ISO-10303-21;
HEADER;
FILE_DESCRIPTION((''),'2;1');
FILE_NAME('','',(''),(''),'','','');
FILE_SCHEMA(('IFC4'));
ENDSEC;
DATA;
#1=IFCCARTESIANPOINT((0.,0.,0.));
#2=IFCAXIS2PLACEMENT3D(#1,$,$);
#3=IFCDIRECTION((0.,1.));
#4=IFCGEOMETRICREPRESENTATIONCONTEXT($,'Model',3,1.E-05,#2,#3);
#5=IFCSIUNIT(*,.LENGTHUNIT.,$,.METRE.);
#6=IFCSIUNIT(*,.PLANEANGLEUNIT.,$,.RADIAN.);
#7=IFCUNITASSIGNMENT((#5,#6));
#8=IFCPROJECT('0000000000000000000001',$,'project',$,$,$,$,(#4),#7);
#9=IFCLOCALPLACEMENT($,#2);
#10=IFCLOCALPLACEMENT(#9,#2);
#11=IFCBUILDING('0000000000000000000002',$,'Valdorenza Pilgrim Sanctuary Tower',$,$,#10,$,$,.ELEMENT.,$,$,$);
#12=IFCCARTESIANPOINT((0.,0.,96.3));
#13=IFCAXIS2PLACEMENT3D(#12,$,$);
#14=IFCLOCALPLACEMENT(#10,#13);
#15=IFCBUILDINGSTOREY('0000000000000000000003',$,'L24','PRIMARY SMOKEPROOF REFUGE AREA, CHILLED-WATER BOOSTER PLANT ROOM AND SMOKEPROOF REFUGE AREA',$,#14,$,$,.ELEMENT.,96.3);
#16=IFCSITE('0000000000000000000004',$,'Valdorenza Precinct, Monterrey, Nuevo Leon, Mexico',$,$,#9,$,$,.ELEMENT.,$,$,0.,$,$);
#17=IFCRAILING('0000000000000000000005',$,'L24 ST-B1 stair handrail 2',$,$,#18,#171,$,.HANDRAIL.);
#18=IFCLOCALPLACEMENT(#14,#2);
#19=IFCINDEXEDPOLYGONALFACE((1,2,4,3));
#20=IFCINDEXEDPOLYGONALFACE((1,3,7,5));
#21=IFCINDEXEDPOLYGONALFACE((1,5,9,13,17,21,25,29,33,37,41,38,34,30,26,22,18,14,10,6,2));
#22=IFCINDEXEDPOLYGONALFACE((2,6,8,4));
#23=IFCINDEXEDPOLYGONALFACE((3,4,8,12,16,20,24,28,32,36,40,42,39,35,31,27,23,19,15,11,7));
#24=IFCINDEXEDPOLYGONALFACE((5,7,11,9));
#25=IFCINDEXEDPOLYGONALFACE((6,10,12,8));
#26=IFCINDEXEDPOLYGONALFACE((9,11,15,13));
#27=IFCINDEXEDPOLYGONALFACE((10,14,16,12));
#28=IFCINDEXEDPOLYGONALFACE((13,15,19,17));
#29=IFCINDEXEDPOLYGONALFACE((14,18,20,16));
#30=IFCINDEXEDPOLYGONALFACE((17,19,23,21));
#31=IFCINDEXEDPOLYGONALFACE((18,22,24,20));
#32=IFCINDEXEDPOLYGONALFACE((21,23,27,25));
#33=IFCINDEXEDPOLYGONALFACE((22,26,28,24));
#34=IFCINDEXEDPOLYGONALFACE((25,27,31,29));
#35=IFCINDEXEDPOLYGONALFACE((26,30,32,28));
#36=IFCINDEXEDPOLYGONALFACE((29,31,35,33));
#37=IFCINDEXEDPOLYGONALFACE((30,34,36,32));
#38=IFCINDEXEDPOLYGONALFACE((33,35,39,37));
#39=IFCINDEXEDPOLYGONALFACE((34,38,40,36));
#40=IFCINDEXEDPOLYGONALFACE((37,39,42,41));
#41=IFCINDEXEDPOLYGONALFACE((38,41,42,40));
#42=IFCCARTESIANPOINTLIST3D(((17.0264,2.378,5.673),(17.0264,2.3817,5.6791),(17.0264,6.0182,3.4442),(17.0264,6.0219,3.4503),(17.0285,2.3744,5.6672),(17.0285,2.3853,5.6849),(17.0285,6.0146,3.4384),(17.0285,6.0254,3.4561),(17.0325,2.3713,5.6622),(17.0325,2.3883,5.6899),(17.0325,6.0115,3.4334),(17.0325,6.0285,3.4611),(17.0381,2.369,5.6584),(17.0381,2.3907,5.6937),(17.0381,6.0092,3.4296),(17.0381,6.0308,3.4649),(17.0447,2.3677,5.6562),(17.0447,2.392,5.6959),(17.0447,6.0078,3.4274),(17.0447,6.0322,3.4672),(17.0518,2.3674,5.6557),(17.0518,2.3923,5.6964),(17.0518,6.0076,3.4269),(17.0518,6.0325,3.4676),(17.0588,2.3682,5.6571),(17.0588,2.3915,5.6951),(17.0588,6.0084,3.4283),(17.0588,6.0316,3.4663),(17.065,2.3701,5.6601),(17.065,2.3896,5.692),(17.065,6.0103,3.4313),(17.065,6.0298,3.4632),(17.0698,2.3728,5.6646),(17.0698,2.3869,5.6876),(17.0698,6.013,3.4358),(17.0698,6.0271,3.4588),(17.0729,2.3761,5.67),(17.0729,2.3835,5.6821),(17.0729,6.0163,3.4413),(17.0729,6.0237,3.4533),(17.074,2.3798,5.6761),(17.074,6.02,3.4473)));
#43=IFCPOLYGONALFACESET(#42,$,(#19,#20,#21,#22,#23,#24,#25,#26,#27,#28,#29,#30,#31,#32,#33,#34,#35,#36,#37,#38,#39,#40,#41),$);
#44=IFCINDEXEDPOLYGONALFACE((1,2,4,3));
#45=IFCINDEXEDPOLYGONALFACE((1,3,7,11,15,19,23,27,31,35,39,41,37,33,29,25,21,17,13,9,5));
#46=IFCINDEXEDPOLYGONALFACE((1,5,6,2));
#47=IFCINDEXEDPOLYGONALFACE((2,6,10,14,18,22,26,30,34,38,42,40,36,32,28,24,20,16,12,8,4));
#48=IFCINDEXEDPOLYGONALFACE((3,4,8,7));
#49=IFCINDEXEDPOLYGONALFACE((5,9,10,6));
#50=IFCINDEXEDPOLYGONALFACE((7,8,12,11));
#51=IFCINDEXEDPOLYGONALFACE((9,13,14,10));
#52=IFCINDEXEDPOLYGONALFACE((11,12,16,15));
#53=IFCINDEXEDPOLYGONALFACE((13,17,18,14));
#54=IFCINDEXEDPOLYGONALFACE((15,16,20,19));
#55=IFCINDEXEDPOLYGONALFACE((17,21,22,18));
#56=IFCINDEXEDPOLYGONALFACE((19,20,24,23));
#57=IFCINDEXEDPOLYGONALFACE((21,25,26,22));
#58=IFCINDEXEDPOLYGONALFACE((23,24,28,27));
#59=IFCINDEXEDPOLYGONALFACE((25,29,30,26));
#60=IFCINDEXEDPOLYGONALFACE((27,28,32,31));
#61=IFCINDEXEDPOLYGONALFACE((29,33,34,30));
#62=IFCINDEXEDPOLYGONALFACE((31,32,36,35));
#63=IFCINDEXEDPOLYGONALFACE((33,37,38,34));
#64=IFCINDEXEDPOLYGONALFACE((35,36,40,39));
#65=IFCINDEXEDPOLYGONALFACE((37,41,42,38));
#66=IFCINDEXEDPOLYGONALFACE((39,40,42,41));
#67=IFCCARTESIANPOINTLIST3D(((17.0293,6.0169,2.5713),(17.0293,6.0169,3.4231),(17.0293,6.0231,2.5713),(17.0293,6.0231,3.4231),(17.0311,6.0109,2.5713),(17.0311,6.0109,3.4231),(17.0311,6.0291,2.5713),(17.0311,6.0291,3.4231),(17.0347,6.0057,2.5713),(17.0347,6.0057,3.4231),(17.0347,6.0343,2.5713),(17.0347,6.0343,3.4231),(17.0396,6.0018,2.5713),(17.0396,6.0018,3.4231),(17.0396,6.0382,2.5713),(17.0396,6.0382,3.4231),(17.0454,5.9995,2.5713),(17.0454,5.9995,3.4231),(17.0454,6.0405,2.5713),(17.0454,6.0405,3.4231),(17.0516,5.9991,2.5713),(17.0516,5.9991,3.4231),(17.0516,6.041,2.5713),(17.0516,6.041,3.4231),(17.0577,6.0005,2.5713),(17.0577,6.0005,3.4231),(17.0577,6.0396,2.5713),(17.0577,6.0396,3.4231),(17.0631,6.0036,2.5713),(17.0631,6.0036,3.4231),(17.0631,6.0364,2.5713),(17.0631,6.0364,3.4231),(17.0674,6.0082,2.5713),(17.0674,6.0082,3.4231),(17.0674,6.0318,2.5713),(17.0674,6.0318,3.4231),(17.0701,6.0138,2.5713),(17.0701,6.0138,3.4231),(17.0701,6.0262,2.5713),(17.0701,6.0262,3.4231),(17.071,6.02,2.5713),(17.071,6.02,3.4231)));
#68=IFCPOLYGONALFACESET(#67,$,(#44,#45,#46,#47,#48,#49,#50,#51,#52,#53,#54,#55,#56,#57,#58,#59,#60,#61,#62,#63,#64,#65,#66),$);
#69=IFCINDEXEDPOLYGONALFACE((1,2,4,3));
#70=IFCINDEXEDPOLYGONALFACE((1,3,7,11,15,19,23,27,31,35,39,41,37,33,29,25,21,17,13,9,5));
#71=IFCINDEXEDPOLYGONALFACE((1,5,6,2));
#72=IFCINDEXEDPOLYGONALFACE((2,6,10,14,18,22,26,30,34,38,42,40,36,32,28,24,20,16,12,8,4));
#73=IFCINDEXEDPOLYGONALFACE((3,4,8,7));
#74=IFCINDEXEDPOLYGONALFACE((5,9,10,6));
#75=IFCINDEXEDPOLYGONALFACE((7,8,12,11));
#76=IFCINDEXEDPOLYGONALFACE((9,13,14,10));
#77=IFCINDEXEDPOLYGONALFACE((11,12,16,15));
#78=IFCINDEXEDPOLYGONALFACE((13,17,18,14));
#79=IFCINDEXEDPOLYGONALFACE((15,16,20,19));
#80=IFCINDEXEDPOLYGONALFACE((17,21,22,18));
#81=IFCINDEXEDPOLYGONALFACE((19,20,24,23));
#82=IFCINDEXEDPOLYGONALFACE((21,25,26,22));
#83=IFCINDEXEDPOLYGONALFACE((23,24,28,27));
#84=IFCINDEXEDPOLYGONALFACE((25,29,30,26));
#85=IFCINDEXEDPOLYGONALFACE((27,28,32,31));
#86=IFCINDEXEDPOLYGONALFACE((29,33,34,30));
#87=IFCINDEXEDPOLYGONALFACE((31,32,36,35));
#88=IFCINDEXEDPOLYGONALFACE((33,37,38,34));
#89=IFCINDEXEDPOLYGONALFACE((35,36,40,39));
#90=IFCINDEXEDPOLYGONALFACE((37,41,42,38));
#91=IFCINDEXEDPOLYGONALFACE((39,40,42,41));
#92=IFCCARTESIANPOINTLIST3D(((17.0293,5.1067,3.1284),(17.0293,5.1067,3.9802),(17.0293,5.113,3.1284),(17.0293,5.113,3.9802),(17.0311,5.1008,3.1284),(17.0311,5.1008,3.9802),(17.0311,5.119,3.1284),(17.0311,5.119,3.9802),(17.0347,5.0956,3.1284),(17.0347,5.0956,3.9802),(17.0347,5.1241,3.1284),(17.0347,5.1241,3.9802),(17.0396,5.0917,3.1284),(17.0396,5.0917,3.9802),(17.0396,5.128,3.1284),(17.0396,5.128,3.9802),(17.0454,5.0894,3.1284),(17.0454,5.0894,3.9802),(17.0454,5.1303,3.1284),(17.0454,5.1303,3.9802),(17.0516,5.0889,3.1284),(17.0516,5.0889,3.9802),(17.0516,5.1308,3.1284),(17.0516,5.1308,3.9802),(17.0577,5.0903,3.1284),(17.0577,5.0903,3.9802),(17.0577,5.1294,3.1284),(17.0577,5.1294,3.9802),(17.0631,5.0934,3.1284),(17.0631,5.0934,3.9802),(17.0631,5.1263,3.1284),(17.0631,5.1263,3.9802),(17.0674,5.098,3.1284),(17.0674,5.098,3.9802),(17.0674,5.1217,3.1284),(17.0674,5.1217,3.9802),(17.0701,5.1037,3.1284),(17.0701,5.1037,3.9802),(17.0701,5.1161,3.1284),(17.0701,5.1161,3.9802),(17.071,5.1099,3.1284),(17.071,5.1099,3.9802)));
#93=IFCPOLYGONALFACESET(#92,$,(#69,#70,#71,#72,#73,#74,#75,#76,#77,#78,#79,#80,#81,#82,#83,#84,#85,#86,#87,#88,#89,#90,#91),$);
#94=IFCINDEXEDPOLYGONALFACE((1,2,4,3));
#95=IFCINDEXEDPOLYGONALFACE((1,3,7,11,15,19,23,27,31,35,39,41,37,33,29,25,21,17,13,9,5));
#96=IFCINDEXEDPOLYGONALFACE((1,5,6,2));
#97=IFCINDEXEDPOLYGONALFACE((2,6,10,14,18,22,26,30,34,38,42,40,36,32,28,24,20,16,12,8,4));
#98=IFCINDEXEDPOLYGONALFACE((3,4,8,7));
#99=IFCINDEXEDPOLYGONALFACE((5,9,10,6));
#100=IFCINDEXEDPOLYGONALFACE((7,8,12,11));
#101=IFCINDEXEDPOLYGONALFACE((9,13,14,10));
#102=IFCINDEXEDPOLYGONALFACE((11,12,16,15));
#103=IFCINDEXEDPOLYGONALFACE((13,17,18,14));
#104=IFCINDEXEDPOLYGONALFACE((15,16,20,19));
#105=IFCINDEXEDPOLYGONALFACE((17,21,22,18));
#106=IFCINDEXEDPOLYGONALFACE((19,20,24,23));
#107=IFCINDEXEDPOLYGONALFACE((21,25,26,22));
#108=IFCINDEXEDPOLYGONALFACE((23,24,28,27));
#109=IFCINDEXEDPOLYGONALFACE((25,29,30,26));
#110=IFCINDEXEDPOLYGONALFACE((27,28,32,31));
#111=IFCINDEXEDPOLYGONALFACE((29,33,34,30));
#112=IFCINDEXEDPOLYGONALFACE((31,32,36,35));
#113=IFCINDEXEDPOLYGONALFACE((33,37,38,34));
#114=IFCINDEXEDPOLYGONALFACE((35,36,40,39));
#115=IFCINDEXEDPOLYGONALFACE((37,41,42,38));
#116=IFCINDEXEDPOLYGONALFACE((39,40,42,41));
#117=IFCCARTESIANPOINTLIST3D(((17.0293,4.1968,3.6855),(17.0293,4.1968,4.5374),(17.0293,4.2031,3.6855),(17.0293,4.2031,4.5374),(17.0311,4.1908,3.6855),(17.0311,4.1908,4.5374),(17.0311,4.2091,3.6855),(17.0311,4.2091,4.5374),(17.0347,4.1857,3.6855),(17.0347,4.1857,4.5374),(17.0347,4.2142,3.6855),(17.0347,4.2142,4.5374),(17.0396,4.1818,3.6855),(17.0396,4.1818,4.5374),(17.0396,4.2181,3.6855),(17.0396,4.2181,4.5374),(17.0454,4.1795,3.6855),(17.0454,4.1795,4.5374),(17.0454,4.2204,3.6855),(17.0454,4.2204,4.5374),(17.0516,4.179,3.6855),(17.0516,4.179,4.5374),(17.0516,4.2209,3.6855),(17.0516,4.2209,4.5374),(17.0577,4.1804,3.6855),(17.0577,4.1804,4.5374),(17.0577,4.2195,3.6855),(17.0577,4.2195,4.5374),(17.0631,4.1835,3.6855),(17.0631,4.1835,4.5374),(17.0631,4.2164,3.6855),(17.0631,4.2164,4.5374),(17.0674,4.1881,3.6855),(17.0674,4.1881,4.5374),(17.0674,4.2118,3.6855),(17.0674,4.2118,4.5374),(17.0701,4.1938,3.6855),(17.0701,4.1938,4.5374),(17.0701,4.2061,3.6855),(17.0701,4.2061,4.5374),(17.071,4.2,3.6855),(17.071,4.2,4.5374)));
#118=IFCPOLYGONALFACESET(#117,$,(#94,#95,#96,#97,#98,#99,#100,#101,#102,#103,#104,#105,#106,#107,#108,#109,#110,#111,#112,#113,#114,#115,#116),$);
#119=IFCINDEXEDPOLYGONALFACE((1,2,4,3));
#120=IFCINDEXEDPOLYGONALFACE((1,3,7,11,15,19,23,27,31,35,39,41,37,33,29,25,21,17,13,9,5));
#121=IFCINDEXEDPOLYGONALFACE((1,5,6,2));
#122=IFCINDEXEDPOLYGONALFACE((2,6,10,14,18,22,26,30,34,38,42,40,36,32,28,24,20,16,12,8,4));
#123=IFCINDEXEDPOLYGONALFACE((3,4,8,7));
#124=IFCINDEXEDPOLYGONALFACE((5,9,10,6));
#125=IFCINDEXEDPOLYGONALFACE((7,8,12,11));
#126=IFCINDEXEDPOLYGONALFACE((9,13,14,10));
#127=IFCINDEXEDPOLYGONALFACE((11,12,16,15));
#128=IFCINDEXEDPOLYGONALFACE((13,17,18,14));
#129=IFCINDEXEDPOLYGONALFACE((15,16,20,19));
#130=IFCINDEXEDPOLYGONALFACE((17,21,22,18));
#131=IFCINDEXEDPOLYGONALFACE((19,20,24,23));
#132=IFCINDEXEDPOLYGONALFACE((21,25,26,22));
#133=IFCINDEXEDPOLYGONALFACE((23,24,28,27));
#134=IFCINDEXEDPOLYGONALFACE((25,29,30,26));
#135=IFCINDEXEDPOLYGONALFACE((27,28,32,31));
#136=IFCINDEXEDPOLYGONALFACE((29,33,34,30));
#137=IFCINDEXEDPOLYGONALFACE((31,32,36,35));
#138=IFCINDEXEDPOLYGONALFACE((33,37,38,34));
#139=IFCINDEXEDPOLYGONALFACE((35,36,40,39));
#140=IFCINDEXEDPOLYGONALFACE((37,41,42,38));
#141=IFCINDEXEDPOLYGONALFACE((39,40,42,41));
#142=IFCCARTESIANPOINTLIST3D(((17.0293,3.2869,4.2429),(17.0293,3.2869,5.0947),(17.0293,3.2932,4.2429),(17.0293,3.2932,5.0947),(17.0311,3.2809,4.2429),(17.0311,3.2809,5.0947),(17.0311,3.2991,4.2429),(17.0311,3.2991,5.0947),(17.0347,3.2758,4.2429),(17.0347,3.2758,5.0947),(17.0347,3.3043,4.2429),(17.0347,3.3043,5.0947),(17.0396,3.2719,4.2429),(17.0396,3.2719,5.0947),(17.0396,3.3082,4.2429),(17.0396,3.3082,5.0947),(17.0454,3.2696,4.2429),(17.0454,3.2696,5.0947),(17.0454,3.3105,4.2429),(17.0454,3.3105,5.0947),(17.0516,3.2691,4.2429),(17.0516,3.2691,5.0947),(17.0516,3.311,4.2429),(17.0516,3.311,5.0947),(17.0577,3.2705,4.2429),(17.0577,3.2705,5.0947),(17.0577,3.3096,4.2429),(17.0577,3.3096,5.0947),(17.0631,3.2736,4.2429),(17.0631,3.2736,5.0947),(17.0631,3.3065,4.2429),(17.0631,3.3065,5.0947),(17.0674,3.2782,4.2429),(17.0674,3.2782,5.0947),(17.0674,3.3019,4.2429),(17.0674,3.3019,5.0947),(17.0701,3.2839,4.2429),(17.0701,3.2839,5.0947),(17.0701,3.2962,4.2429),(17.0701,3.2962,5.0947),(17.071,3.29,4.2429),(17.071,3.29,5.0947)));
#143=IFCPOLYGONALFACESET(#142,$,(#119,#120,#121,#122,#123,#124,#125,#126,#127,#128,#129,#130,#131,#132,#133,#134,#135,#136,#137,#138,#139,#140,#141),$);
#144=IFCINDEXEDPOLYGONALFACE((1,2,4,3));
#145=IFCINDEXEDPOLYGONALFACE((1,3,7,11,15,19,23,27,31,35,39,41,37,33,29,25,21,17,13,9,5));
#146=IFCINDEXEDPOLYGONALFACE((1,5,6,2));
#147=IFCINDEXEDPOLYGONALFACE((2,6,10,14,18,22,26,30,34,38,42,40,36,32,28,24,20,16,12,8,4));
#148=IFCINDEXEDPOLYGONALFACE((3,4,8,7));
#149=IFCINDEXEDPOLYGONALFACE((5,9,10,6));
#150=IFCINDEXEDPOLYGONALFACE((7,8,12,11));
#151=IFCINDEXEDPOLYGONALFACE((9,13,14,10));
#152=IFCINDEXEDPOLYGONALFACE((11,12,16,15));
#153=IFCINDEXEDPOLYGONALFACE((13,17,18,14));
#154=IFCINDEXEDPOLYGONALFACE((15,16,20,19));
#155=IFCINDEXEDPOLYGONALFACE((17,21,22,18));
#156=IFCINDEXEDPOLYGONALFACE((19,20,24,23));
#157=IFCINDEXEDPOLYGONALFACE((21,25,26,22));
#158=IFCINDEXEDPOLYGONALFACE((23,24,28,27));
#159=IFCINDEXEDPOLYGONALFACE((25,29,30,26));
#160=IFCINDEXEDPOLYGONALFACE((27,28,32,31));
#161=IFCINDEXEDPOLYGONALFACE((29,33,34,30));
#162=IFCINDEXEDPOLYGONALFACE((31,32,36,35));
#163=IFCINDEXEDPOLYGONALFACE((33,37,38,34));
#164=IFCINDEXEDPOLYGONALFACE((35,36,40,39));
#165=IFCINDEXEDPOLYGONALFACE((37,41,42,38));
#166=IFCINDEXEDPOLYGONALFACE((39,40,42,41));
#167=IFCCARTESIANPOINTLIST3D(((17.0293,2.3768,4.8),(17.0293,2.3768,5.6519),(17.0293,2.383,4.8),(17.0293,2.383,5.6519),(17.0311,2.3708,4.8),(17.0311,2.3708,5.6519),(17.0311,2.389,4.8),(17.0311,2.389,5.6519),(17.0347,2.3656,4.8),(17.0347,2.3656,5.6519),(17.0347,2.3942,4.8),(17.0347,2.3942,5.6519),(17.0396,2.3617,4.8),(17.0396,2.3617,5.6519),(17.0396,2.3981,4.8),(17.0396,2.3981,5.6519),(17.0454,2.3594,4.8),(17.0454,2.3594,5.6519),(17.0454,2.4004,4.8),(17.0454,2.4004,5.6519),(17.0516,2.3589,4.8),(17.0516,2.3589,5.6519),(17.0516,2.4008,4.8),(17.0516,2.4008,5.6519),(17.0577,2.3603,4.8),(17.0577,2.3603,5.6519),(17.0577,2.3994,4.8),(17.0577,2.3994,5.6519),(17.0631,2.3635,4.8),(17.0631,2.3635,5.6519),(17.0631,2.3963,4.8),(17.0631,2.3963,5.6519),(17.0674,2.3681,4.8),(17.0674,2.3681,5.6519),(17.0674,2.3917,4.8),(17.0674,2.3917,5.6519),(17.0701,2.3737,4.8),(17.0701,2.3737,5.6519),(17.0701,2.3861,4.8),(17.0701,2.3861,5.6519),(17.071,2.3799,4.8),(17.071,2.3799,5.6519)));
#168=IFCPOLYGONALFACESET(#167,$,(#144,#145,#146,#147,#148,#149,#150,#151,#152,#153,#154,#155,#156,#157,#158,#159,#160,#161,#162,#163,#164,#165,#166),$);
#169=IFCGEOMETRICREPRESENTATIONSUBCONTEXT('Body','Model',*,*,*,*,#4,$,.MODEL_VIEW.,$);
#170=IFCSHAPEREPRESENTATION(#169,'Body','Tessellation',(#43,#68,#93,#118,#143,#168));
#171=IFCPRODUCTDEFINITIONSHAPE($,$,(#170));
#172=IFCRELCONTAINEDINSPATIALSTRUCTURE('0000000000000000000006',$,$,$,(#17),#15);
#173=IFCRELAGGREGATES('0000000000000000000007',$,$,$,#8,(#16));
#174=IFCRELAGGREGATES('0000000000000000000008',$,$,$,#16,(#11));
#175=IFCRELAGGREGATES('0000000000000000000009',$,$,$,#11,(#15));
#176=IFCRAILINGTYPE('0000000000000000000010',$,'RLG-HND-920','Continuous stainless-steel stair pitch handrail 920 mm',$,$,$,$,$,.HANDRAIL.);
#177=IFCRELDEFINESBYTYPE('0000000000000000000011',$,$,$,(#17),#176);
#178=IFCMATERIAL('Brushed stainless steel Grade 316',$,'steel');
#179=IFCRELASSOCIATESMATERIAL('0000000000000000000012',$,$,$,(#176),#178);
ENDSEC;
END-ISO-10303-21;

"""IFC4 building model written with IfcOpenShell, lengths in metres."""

from ifc_helpers import new_model, si_unit, direction, frame, origin, origin_2d, place, context, subcontext, project, spatial, circle, extrude, material, type_object, element, save


model = new_model("IFC4")

# Units and contexts
model_context = context("Model", 3, precision=1e-05, world=origin(), true_north=direction((0.0, 1.0)))
body_context = subcontext(model_context, "Body", "Model", "MODEL_VIEW")
ifc_project = project(units=[si_unit("LENGTHUNIT", "METRE"), si_unit("PLANEANGLEUNIT", "RADIAN")], contexts=[model_context])

# Site, building, storey
site_placement = place(None, origin())
site = spatial("IfcSite", under=ifc_project, at=site_placement, Name="Valdorenza Precinct, Monterrey, Nuevo Leon, Mexico", CompositionType="ELEMENT", RefElevation=0.0)
building_placement = place(site_placement, origin())
building = spatial("IfcBuilding", under=site, at=building_placement, Name="Valdorenza Pilgrim Sanctuary Tower", CompositionType="ELEMENT")
storey_placement = place(building_placement, frame((0.0, 0.0, 96.3)))
storey = spatial("IfcBuildingStorey", under=building, at=storey_placement, Name="L24", Description="PRIMARY SMOKEPROOF REFUGE AREA, CHILLED-WATER BOOSTER PLANT ROOM AND SMOKEPROOF REFUGE AREA", CompositionType="ELEMENT", Elevation=96.3)

# Railing
ifc_material_1 = material(Name="Brushed stainless steel Grade 316", Category="steel")
railing_type_1 = type_object("IfcRailingType", Name="RLG-HND-920", Description="Continuous stainless-steel stair pitch handrail 920 mm", PredefinedType="HANDRAIL", material=ifc_material_1)
railing_1_placement = place(storey_placement, frame((17.05, 6.02, 2.5713)))
element("IfcRailing", 1, at=railing_1_placement, inside=storey, type_object=railing_type_1, Name="L24 ST-B1 stair handrail 2", PredefinedType="HANDRAIL", context=body_context, shape_type="SweptSolid", body=[
    extrude(circle(Radius=0.0239, at=origin_2d()), frame((0.0, 0.0, 0.876), z_axis=(0.0, -0.85284, 0.522172), x_axis=(1.0, 0.0, 0.0)), (0.0, 0.0, 1.0), 4.2683),
    extrude(circle(Radius=0.021, at=origin_2d()), origin(), (0.0, 0.0, 1.0), 0.8518),
    extrude(circle(Radius=0.021, at=origin_2d()), frame((0.0, -0.9102, 0.5571)), (0.0, 0.0, 1.0), 0.8518),
    extrude(circle(Radius=0.021, at=origin_2d()), frame((0.0, -1.8201, 1.1143)), (0.0, 0.0, 1.0), 0.8518),
    extrude(circle(Radius=0.021, at=origin_2d()), frame((0.0, -2.73, 1.6716)), (0.0, 0.0, 1.0), 0.8518),
    extrude(circle(Radius=0.021, at=origin_2d()), frame((0.0, -3.6401, 2.2288)), (0.0, 0.0, 1.0), 0.8518),
])

save(model, "model.ifc")
